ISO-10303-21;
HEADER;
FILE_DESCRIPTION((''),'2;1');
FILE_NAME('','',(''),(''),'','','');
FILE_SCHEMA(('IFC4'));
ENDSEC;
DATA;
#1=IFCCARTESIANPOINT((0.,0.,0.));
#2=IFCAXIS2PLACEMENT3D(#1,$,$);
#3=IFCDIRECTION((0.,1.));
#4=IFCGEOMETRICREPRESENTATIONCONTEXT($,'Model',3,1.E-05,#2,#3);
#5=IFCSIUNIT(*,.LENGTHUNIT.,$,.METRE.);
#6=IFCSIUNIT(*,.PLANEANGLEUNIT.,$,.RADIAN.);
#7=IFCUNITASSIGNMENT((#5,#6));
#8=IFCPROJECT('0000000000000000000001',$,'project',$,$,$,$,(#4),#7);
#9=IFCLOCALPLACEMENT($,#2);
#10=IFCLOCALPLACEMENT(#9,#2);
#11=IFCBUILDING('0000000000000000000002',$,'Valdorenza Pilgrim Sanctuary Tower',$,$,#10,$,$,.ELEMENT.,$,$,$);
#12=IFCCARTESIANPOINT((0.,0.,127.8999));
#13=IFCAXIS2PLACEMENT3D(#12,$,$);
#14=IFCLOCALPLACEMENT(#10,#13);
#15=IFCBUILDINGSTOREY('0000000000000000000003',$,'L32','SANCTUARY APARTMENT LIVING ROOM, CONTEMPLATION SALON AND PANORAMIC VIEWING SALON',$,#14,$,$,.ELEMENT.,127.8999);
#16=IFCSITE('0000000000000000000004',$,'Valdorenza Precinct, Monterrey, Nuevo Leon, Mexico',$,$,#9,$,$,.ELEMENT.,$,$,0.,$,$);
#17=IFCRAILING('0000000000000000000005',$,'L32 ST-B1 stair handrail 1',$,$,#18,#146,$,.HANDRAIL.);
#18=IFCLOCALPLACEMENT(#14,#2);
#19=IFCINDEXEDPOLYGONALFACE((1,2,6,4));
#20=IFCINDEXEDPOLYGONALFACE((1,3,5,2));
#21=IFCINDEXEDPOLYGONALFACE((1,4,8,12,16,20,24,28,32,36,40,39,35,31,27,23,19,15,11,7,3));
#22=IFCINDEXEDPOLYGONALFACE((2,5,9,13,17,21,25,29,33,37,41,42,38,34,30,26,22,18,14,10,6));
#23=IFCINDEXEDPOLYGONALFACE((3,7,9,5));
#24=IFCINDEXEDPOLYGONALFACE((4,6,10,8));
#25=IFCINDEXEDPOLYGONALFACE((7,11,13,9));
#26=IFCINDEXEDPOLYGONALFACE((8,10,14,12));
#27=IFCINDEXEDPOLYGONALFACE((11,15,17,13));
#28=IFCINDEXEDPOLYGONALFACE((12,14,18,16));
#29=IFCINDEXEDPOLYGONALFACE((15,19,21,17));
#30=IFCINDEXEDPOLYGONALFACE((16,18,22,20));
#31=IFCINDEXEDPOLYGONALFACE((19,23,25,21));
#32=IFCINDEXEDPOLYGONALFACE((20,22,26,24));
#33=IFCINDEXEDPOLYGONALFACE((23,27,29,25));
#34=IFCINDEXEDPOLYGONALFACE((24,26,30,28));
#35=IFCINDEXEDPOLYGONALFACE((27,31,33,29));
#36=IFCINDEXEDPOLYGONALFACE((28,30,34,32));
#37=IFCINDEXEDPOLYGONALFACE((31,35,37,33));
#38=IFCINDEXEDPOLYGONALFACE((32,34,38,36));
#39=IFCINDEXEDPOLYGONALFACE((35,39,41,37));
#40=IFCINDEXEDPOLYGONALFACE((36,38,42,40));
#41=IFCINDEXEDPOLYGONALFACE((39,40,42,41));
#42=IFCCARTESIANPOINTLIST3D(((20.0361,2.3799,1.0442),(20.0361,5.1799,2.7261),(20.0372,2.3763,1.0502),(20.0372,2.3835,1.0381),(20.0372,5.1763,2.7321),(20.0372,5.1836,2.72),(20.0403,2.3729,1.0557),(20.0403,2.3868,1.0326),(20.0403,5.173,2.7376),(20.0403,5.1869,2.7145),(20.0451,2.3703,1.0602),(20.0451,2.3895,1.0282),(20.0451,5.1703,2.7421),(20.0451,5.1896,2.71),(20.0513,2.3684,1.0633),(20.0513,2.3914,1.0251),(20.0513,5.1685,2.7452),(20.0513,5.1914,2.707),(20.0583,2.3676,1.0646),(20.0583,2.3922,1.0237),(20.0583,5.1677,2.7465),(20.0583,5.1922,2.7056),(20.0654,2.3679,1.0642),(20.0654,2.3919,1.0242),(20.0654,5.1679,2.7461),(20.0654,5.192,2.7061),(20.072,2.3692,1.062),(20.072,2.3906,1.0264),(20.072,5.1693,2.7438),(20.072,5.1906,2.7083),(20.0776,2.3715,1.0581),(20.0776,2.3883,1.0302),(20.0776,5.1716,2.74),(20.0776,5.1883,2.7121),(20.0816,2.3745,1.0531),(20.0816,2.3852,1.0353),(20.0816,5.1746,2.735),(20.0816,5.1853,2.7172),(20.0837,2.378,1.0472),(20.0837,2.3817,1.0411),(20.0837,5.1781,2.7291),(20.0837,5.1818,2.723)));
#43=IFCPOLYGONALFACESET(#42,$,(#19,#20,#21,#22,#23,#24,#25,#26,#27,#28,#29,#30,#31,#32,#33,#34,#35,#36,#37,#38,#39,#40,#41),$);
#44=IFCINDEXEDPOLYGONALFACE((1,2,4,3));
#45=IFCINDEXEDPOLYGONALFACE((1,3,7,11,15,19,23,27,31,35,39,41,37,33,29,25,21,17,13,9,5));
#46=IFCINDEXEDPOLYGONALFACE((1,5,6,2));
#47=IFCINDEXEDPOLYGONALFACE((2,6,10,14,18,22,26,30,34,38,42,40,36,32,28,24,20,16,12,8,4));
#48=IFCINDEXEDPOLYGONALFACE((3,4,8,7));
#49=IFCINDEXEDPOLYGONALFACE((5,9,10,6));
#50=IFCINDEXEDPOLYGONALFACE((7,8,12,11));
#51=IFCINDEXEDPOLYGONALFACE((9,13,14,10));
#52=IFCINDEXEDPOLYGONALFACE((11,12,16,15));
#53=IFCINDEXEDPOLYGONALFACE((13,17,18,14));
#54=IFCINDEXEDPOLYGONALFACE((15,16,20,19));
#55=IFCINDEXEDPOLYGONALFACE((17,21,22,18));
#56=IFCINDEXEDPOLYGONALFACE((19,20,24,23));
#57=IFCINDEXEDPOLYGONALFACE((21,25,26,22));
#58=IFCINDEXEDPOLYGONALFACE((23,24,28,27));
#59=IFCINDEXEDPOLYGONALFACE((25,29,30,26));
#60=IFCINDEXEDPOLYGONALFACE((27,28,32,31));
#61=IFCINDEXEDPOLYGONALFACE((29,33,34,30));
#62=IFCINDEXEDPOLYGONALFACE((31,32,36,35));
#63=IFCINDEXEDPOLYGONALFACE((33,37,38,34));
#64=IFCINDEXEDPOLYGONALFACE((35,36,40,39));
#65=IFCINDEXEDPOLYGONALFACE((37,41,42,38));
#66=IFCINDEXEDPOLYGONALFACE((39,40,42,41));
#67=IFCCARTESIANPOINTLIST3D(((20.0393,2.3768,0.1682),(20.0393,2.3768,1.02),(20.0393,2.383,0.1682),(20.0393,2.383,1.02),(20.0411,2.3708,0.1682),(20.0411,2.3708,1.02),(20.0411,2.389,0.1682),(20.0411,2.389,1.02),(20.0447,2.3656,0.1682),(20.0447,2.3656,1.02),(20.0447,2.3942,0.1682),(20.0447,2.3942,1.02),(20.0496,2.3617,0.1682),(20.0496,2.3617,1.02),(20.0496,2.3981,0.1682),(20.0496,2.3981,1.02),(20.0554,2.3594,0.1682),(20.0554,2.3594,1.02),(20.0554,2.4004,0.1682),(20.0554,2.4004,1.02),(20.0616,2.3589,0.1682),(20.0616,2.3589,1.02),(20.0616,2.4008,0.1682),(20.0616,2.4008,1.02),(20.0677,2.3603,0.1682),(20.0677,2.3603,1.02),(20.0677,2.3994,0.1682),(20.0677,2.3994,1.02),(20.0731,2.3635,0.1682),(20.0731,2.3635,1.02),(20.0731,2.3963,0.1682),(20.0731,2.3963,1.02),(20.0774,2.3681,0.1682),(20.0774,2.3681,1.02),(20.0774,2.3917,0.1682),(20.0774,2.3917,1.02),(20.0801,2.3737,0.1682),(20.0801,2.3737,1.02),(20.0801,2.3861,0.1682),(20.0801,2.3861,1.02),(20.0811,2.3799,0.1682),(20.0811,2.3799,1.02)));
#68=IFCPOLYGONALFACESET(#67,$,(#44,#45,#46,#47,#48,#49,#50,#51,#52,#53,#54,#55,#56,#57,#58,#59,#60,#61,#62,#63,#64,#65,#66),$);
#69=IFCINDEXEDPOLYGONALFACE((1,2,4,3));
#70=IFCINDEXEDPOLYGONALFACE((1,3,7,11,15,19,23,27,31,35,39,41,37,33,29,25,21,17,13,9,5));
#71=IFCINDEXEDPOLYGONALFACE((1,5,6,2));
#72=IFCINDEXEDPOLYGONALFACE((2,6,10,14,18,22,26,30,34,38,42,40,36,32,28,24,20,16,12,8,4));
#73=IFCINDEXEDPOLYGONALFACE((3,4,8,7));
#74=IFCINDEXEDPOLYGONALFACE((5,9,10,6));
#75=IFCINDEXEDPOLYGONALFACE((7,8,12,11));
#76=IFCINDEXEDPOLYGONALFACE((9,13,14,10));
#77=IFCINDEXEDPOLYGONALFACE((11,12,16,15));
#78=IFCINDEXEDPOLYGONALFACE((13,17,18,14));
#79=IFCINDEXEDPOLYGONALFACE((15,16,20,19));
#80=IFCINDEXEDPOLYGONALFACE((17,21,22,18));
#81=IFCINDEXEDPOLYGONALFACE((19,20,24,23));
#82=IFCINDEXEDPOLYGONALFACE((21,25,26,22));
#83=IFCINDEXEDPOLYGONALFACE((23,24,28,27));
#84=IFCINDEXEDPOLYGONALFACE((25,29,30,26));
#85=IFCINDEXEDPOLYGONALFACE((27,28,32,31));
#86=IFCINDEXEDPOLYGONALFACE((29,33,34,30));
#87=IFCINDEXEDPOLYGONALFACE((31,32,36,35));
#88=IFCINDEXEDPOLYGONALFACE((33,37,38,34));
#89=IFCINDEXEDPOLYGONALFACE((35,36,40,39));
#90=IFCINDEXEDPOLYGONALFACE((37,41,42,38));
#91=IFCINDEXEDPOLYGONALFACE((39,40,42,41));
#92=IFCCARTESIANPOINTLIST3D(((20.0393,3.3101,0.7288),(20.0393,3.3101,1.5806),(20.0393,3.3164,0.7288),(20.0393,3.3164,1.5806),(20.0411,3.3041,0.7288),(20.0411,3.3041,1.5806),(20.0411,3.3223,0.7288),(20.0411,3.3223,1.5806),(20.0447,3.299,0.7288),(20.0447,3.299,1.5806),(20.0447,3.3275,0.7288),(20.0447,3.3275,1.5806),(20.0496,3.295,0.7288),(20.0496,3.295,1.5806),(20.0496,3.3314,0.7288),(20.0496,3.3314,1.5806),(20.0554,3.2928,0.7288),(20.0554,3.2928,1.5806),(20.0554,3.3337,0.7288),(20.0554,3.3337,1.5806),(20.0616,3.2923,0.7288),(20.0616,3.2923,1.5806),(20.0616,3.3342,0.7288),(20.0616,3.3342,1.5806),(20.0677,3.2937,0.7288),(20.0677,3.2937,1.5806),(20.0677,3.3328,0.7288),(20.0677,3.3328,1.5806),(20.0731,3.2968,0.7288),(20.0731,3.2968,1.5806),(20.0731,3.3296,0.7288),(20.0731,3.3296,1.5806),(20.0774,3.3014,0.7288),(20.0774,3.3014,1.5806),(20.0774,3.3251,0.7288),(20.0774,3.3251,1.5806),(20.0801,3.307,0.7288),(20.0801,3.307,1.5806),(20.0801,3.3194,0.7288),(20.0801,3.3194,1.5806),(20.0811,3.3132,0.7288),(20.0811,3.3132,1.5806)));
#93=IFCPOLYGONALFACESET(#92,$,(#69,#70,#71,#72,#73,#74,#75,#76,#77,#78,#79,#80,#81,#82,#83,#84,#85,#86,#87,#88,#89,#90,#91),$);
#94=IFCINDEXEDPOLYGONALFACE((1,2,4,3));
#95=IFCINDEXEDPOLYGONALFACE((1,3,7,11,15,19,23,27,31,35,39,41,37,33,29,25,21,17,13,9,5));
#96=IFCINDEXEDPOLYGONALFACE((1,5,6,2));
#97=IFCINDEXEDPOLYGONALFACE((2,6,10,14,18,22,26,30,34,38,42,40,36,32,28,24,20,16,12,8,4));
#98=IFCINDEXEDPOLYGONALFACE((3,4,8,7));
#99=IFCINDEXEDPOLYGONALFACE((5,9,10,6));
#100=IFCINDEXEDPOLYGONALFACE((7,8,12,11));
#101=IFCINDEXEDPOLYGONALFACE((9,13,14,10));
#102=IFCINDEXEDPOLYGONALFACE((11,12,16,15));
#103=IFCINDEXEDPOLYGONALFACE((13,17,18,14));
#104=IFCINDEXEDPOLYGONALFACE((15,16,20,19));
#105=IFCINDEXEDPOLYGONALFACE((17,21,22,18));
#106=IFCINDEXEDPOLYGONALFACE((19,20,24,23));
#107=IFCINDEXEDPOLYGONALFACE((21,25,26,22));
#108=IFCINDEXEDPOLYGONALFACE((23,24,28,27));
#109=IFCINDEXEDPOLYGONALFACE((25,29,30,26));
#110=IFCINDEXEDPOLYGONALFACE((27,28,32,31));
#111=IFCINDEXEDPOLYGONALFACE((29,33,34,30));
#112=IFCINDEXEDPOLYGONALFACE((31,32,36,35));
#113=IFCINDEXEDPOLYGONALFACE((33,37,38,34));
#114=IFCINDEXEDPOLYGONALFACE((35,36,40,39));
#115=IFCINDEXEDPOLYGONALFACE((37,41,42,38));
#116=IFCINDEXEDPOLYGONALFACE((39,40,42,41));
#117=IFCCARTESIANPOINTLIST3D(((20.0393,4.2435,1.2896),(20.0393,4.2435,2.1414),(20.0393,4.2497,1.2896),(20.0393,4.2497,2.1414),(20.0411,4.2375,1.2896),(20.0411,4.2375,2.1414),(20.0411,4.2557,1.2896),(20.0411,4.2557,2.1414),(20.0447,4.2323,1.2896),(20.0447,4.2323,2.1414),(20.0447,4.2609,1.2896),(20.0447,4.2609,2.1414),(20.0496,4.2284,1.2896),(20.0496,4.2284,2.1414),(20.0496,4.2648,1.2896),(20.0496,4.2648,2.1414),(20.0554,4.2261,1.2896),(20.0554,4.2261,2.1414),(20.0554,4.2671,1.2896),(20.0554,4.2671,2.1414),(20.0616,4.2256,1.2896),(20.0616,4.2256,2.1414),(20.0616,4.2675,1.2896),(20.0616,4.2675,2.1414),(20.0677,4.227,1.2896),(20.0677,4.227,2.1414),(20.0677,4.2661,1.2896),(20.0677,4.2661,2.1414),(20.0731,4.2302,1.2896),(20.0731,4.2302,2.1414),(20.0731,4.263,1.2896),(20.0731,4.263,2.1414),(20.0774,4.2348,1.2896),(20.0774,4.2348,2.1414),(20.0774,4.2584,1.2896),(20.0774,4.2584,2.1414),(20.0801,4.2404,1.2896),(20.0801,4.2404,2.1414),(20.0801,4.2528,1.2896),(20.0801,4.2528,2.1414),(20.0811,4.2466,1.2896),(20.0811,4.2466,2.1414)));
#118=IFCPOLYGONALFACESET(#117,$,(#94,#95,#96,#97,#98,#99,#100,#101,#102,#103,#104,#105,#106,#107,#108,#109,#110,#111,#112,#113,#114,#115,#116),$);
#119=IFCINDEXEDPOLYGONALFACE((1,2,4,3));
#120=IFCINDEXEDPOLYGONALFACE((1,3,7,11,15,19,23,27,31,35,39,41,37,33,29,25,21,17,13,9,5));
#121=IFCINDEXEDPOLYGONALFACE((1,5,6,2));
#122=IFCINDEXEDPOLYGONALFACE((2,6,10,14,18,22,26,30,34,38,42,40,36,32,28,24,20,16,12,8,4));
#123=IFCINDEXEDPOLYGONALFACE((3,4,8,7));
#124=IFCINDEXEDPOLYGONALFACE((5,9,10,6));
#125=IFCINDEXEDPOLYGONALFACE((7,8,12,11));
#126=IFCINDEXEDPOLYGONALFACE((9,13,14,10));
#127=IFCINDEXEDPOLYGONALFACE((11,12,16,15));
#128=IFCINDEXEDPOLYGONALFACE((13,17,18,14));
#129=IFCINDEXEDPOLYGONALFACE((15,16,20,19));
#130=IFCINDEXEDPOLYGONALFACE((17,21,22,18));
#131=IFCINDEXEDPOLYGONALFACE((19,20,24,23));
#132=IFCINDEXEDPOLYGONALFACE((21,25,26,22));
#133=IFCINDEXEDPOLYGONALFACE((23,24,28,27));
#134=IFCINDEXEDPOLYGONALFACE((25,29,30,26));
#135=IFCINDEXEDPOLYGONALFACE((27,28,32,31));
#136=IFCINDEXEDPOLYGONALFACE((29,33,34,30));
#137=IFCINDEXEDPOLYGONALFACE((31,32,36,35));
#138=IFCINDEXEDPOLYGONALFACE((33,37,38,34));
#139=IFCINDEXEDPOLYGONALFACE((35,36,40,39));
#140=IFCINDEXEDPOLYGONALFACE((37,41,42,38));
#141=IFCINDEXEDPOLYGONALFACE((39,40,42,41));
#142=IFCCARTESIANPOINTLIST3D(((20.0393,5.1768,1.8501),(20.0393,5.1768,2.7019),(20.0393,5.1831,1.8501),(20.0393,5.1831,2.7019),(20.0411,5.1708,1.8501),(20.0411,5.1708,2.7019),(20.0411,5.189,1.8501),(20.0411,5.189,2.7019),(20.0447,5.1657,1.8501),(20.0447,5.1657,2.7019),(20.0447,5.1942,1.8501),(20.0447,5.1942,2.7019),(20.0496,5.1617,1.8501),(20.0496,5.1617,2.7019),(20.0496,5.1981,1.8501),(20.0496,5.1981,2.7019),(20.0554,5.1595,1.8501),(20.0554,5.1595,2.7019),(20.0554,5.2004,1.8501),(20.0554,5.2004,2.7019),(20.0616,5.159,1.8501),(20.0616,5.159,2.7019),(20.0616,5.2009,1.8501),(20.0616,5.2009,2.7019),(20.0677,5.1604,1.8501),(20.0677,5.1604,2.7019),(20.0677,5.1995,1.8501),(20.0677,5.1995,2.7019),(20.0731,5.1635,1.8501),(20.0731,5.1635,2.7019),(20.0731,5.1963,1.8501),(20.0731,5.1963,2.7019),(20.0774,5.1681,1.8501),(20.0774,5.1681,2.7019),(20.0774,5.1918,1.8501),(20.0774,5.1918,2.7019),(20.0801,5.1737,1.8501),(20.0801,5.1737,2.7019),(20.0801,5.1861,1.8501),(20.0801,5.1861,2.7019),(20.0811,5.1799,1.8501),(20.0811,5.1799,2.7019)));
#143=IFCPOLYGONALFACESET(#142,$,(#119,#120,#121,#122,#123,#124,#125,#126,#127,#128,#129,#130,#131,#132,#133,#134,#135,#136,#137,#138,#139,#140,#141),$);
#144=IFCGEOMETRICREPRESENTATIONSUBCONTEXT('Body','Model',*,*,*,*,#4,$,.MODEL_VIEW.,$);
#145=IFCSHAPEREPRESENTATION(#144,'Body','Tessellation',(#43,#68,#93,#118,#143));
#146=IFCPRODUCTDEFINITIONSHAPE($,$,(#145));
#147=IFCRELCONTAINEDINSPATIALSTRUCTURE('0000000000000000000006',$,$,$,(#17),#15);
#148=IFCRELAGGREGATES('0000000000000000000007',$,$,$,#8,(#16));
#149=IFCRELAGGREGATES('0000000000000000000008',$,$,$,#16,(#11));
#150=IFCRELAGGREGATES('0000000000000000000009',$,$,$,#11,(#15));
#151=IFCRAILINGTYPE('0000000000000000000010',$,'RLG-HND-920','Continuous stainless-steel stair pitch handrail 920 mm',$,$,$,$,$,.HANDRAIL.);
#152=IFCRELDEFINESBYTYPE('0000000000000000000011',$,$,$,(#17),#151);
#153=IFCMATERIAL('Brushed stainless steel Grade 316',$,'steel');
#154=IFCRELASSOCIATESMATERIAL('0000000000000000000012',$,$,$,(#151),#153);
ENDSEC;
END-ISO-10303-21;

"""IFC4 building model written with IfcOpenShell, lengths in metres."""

from ifc_helpers import new_model, si_unit, direction, frame, origin, origin_2d, place, context, subcontext, project, spatial, circle, extrude, material, type_object, element, save


model = new_model("IFC4")

# Units and contexts
model_context = context("Model", 3, precision=1e-05, world=origin(), true_north=direction((0.0, 1.0)))
body_context = subcontext(model_context, "Body", "Model", "MODEL_VIEW")
ifc_project = project(units=[si_unit("LENGTHUNIT", "METRE"), si_unit("PLANEANGLEUNIT", "RADIAN")], contexts=[model_context])

# Site, building, storey
site_placement = place(None, origin())
site = spatial("IfcSite", under=ifc_project, at=site_placement, Name="Valdorenza Precinct, Monterrey, Nuevo Leon, Mexico", CompositionType="ELEMENT", RefElevation=0.0)
building_placement = place(site_placement, origin())
building = spatial("IfcBuilding", under=site, at=building_placement, Name="Valdorenza Pilgrim Sanctuary Tower", CompositionType="ELEMENT")
storey_placement = place(building_placement, frame((0.0, 0.0, 127.8999)))
storey = spatial("IfcBuildingStorey", under=building, at=storey_placement, Name="L32", Description="SANCTUARY APARTMENT LIVING ROOM, CONTEMPLATION SALON AND PANORAMIC VIEWING SALON", CompositionType="ELEMENT", Elevation=127.8999)

# Shared definitions
ifc_material_1 = material(Name="Brushed stainless steel Grade 316", Category="steel")

# Railing
railing_type_1 = type_object("IfcRailingType", Name="RLG-HND-920", Description="Continuous stainless-steel stair pitch handrail 920 mm", PredefinedType="HANDRAIL", material=ifc_material_1)
railing_1_placement = place(storey_placement, frame((20.0601, 2.3799, 0.1682)))
element("IfcRailing", 1, at=railing_1_placement, inside=storey, type_object=railing_type_1, Name="L32 ST-B1 stair handrail 1", PredefinedType="HANDRAIL", context=body_context, shape_type="SweptSolid", body=[
    extrude(circle(Radius=0.0239, at=origin_2d()), frame((0.0, 0.0, 0.876), z_axis=(0.0, 0.857242, 0.514913), x_axis=(-1.0, 0.0, 0.0)), (0.0, 0.0, 1.0), 3.2664),
    extrude(circle(Radius=0.021, at=origin_2d()), origin(), (0.0, 0.0, 1.0), 0.8518),
    extrude(circle(Radius=0.021, at=origin_2d()), frame((0.0, 0.9333, 0.5605)), (0.0, 0.0, 1.0), 0.8518),
    extrude(circle(Radius=0.021, at=origin_2d()), frame((0.0, 1.8667, 1.1213)), (0.0, 0.0, 1.0), 0.8518),
    extrude(circle(Radius=0.021, at=origin_2d()), frame((0.0, 2.8, 1.6819)), (0.0, 0.0, 1.0), 0.8518),
])

save(model, "model.ifc")
